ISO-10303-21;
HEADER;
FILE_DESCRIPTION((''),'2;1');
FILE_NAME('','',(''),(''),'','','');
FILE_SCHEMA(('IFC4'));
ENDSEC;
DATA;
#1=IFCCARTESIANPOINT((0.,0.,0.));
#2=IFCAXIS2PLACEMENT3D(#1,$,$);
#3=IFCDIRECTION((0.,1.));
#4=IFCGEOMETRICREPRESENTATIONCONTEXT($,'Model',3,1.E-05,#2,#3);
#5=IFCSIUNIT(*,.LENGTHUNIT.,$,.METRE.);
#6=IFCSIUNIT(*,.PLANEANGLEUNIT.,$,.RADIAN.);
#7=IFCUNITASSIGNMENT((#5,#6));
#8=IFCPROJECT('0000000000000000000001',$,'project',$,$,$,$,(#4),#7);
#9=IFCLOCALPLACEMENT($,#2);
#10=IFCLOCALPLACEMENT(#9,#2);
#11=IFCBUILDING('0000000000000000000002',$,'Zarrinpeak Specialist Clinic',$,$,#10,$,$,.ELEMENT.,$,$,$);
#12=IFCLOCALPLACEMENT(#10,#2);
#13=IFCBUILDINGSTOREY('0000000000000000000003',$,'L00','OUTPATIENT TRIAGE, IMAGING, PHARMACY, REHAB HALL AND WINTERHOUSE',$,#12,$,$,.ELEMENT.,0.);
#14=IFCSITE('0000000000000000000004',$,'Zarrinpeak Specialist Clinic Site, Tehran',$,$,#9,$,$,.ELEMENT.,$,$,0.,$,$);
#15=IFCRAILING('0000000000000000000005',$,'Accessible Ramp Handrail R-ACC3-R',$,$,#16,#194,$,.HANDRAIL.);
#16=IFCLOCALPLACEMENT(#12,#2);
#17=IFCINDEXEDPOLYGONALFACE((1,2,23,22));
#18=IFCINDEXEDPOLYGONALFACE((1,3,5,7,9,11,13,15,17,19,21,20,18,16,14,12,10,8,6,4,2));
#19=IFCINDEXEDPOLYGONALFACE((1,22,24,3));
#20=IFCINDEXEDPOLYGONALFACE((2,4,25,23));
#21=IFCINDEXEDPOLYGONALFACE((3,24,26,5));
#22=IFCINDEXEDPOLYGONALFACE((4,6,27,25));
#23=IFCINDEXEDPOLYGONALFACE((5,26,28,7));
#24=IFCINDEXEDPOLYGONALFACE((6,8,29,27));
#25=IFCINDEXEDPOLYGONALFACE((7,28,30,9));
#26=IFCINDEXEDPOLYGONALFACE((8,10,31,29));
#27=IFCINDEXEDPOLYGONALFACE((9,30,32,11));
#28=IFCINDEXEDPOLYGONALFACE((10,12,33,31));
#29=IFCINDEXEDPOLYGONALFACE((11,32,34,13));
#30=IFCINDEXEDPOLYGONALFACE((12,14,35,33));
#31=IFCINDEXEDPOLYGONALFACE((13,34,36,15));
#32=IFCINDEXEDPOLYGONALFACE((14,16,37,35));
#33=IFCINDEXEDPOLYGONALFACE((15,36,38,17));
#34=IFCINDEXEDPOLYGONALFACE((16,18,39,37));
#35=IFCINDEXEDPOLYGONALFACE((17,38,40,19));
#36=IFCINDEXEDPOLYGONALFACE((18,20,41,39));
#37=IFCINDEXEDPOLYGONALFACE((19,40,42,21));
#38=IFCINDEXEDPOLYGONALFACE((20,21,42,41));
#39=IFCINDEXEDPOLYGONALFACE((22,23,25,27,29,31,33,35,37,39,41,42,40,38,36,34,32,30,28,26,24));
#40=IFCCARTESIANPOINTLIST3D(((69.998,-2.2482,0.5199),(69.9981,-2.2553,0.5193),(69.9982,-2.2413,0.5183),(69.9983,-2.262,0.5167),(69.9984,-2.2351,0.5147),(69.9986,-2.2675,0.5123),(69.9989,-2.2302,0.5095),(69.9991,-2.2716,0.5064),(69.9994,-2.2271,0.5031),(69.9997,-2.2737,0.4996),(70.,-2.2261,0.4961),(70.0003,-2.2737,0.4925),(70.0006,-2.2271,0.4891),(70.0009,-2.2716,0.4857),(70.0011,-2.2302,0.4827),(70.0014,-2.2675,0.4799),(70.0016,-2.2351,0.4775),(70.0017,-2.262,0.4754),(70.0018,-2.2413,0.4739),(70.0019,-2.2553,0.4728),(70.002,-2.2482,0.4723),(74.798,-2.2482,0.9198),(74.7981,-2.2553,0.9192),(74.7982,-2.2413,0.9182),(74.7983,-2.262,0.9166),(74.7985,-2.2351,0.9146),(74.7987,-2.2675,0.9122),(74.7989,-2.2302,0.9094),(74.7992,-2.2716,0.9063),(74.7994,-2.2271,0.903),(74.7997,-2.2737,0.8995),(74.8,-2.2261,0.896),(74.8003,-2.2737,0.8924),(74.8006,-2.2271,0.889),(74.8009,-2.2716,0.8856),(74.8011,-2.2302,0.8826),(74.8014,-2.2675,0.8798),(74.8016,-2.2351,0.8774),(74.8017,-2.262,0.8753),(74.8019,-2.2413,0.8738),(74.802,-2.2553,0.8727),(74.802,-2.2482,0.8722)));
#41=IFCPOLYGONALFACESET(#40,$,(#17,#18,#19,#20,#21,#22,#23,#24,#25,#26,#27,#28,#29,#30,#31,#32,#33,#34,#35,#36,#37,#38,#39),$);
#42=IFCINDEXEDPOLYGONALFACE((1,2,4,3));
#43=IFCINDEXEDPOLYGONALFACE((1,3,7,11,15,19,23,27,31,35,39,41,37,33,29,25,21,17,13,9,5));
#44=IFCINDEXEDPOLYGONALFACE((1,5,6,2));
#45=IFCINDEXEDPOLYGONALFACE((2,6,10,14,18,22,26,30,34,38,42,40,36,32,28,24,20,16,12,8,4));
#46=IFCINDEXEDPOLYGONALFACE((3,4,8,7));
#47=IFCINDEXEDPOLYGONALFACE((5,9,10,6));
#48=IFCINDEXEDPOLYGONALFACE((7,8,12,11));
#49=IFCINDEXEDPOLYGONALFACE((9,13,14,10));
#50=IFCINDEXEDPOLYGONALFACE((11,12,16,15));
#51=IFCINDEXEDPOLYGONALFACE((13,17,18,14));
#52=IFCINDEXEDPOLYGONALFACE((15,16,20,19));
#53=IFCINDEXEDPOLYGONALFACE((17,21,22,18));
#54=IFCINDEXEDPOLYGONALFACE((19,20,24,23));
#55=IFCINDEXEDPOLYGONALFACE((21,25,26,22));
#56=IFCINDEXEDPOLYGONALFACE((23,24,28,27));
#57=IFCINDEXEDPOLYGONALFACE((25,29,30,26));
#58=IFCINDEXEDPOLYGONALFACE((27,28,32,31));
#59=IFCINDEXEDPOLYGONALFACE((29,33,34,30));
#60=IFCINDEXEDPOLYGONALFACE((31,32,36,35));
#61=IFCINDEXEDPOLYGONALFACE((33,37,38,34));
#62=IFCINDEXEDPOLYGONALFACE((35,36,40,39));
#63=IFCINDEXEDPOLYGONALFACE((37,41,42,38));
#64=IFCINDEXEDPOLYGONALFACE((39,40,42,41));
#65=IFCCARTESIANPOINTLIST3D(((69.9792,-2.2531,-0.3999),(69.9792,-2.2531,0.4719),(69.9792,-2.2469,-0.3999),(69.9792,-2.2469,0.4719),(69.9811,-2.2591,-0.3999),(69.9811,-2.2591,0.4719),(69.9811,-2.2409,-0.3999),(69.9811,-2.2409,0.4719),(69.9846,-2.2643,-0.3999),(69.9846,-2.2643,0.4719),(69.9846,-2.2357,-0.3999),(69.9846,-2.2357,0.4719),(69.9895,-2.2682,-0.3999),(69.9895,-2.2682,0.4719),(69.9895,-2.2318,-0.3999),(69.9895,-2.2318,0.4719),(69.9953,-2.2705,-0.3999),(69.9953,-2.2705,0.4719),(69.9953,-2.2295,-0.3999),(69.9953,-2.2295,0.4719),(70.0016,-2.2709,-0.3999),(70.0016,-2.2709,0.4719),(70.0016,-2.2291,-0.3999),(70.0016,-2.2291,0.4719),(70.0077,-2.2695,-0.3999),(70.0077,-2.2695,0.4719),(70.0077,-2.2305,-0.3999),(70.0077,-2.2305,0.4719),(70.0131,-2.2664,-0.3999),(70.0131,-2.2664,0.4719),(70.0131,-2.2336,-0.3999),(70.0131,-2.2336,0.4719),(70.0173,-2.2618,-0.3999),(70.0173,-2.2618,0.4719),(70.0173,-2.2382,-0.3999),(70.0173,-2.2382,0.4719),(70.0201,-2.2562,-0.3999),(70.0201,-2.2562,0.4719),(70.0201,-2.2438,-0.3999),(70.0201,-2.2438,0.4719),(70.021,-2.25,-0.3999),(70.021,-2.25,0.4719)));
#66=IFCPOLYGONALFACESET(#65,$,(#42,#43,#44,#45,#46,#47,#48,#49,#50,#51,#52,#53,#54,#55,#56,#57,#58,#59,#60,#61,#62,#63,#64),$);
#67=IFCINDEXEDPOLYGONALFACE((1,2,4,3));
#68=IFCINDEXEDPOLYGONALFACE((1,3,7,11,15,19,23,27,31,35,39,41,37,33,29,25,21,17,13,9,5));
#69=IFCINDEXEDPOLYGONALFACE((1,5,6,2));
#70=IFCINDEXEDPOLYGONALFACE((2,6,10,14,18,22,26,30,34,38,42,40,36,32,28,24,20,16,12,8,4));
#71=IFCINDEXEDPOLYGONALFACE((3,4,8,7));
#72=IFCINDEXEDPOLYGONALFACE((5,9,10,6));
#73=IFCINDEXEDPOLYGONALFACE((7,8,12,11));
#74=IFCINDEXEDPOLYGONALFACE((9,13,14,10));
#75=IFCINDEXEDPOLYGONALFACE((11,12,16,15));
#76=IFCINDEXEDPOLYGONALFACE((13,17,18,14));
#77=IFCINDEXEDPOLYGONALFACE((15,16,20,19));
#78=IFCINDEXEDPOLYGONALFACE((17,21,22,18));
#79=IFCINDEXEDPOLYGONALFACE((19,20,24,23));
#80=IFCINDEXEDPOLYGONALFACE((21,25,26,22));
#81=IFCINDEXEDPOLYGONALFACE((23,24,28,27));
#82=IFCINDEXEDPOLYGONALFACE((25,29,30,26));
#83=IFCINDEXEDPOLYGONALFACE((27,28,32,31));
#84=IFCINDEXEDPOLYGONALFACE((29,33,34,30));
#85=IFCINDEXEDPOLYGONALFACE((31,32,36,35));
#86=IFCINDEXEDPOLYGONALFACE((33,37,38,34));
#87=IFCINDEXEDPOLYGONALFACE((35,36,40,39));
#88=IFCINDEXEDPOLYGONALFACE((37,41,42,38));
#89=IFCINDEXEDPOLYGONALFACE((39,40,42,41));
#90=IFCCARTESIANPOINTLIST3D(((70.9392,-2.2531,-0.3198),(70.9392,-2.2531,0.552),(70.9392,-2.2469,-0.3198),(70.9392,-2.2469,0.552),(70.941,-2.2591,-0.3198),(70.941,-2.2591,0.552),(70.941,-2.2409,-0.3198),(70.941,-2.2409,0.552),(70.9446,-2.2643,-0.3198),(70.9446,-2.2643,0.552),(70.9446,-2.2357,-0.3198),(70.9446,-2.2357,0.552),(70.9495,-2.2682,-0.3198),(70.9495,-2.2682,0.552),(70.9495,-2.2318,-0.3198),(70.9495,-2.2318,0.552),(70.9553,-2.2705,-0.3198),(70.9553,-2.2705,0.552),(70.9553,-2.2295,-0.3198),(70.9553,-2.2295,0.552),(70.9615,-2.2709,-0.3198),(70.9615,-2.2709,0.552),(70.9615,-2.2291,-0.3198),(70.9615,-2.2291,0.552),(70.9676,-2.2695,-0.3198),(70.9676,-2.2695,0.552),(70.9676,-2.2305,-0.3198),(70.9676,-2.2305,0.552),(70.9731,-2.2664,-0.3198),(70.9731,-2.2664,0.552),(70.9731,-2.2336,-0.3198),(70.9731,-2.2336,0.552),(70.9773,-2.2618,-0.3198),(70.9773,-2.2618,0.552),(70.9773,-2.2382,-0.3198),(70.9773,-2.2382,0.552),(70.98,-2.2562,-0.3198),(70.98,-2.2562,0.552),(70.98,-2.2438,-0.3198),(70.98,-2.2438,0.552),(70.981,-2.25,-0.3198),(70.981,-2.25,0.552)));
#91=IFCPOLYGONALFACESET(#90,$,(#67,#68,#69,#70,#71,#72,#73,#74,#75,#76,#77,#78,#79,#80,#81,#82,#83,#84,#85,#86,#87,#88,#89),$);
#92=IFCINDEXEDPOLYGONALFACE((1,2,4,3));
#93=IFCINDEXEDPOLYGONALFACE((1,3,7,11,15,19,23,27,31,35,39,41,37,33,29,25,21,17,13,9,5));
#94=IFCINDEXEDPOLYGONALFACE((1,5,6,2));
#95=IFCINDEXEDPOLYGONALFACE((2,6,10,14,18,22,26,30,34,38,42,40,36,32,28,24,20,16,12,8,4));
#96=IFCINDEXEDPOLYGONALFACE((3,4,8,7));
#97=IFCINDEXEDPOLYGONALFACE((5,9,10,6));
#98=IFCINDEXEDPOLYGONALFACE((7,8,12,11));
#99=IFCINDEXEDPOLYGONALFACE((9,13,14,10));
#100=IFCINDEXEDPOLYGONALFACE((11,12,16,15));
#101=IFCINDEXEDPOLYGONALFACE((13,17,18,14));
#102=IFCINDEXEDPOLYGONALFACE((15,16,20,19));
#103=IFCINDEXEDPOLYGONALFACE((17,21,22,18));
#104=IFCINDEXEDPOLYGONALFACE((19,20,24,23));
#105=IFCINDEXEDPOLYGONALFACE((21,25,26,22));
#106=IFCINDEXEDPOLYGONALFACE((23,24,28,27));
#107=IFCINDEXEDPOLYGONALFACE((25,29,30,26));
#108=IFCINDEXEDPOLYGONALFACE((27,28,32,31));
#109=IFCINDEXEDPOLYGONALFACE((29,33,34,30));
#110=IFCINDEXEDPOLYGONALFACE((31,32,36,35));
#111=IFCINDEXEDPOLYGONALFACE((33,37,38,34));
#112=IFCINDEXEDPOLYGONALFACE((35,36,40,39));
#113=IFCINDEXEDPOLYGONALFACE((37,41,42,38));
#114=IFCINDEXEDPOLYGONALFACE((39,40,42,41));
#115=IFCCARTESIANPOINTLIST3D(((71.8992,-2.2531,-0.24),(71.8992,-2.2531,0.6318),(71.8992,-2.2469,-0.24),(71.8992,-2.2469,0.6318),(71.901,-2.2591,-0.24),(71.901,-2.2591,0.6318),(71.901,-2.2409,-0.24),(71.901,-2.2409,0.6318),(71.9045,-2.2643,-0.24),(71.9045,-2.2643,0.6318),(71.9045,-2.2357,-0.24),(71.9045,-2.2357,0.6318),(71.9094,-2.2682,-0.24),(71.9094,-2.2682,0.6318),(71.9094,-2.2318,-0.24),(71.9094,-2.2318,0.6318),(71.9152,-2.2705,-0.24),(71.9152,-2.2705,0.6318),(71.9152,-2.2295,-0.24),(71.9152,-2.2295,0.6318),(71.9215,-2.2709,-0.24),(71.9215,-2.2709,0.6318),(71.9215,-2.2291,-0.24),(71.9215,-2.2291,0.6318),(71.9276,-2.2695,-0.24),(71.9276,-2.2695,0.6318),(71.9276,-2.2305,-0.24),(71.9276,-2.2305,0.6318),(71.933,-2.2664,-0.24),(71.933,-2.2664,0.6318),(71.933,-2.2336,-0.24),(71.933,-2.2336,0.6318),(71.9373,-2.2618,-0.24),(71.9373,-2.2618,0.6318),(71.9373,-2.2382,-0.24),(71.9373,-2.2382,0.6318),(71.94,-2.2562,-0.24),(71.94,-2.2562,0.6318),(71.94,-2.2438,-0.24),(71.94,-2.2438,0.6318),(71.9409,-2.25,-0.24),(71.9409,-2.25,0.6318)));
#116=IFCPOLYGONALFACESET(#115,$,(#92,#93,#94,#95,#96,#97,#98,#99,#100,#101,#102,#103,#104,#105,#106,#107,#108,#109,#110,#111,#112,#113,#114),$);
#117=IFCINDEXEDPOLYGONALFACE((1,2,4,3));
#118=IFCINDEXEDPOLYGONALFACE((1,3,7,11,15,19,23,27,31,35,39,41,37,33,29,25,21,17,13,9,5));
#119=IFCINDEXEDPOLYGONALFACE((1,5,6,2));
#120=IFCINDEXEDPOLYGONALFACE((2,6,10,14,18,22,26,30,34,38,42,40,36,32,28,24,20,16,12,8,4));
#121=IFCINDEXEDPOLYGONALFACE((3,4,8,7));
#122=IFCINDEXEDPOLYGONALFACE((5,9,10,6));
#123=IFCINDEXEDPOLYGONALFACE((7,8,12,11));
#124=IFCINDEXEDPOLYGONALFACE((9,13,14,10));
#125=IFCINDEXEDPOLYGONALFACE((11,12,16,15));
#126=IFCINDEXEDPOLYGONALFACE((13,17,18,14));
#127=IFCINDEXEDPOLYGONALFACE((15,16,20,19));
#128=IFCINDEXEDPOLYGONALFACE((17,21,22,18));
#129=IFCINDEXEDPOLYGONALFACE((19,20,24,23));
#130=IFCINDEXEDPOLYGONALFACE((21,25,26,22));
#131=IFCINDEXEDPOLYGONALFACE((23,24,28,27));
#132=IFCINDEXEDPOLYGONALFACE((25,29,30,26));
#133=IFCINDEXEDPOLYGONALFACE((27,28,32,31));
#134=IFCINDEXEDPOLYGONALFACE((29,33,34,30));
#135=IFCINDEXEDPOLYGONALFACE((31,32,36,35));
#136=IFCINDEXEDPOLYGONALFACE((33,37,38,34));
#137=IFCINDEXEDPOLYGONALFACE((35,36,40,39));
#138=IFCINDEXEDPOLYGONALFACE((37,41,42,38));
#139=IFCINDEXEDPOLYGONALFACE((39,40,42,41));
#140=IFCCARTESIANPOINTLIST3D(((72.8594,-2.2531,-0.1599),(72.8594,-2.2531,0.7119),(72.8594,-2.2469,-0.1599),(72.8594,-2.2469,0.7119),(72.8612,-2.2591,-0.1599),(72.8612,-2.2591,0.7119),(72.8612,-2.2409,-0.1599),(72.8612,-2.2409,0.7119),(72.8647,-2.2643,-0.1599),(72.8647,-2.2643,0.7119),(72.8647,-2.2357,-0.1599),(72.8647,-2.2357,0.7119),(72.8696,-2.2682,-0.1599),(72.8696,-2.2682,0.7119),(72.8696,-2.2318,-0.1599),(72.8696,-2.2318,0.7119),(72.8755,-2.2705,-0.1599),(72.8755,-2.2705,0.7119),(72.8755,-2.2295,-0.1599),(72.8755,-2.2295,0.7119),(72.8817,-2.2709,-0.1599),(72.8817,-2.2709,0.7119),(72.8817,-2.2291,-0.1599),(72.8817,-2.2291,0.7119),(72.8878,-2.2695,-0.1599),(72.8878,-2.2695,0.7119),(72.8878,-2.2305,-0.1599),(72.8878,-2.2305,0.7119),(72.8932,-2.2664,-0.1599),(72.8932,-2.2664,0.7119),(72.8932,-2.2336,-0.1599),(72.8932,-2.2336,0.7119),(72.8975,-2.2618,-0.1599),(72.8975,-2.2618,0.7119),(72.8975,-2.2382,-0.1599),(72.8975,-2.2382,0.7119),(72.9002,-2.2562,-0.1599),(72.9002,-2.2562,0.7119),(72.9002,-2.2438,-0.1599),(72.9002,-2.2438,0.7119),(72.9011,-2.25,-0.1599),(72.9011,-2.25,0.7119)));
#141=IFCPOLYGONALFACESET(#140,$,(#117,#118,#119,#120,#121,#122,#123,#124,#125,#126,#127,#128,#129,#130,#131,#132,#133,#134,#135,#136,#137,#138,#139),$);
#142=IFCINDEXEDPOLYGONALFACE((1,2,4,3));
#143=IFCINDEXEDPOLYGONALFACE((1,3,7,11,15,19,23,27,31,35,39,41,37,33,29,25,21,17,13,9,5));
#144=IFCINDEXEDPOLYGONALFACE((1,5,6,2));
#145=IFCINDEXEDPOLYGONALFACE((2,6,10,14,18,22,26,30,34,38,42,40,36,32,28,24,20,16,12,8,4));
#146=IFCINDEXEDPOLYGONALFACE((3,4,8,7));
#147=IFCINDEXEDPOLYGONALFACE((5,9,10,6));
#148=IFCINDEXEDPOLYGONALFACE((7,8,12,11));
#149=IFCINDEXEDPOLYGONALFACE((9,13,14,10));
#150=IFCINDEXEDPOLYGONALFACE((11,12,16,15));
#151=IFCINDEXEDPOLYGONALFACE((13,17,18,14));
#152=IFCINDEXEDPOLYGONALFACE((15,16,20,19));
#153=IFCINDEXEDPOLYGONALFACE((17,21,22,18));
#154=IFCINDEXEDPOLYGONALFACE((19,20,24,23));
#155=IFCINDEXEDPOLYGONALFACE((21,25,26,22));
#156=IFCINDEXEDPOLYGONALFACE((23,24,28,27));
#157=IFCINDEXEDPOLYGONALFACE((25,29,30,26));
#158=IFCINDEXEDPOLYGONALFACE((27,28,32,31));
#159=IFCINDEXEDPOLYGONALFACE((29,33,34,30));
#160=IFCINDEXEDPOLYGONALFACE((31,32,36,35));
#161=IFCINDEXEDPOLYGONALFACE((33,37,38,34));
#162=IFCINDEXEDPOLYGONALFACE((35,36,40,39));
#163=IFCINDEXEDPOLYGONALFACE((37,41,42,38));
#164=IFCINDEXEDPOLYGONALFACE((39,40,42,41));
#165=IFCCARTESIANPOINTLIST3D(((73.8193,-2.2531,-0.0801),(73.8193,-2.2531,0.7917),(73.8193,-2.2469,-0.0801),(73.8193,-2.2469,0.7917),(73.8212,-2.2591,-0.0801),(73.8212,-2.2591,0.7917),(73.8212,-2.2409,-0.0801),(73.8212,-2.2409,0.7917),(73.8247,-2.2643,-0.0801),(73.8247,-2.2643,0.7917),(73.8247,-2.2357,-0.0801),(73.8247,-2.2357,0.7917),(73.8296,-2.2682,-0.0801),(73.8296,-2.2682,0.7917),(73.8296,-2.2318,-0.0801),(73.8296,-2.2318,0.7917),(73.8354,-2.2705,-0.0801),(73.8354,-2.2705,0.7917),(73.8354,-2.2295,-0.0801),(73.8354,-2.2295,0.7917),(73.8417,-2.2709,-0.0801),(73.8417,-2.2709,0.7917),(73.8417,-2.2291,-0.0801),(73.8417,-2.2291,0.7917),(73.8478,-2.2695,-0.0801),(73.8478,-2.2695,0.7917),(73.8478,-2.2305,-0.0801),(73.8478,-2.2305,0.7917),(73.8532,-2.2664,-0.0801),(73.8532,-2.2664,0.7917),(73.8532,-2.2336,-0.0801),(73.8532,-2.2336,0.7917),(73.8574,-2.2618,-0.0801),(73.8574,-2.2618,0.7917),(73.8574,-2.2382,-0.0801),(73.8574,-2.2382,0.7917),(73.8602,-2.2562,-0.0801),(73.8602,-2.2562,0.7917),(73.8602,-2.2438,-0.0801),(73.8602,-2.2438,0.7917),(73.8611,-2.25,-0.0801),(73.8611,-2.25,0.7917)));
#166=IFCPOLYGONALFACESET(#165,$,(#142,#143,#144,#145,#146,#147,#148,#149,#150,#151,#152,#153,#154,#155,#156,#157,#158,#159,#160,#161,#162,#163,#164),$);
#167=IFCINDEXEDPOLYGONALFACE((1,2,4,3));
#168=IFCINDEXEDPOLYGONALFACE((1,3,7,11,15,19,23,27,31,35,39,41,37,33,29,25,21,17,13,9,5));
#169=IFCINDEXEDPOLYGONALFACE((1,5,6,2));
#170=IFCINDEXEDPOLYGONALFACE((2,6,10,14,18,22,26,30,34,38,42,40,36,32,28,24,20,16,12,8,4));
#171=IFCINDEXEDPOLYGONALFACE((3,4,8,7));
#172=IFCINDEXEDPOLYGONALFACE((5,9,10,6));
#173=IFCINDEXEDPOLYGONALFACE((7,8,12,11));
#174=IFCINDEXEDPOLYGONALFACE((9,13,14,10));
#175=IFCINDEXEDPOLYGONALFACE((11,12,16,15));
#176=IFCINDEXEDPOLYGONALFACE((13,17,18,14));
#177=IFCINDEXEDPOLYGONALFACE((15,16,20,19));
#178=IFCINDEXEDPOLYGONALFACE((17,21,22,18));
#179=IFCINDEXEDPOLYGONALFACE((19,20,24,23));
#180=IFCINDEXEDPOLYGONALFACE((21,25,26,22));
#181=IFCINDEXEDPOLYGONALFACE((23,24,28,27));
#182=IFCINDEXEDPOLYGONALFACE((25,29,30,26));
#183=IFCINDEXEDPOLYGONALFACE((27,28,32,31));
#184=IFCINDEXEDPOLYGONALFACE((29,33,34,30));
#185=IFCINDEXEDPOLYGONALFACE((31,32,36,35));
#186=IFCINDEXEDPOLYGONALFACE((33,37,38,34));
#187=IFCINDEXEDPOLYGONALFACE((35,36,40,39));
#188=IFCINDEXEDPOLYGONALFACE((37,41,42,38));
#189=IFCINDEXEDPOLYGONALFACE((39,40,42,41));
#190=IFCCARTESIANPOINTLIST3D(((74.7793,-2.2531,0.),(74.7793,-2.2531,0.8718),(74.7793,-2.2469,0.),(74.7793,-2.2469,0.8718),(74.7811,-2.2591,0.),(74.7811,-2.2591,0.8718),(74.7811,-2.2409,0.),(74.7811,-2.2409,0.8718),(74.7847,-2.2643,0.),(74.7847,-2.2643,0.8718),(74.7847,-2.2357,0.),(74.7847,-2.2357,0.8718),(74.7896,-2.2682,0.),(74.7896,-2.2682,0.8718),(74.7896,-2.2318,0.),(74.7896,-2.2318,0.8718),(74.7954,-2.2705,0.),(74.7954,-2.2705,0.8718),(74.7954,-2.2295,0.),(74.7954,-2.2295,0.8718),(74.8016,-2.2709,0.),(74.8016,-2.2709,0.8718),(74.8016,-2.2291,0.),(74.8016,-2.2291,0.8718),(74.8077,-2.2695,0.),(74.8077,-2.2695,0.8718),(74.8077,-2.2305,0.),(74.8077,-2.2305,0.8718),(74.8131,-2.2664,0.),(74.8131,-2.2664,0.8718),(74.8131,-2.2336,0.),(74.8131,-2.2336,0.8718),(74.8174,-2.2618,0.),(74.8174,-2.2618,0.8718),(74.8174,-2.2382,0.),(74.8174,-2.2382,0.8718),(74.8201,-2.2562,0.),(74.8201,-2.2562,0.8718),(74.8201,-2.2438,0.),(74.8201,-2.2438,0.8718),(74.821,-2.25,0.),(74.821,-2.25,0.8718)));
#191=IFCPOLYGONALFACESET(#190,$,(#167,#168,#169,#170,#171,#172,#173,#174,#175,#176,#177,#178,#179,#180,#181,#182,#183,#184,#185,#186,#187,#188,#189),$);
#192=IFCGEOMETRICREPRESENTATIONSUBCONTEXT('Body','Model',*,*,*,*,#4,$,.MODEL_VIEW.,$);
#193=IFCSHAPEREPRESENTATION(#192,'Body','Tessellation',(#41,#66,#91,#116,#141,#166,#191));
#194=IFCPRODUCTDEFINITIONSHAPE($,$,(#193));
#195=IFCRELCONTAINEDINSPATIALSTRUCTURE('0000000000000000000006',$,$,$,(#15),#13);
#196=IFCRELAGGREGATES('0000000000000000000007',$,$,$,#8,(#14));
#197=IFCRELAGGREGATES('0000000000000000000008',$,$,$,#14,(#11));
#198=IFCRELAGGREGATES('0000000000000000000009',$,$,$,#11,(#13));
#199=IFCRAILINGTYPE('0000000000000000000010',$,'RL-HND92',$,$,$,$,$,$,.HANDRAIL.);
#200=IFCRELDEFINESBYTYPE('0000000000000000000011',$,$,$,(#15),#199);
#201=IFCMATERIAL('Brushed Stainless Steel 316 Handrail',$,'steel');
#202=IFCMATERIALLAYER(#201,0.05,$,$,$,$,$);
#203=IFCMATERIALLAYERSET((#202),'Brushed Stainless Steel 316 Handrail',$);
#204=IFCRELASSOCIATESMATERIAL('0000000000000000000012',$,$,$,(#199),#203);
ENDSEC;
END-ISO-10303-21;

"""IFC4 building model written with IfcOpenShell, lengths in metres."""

from ifc_helpers import new_model, si_unit, direction, frame, origin, origin_2d, place, context, subcontext, project, spatial, circle, extrude, material, layer, layer_set, type_object, element, save


model = new_model("IFC4")

# Units and contexts
model_context = context("Model", 3, precision=1e-05, world=origin(), true_north=direction((0.0, 1.0)))
body_context = subcontext(model_context, "Body", "Model", "MODEL_VIEW")
ifc_project = project(units=[si_unit("LENGTHUNIT", "METRE"), si_unit("PLANEANGLEUNIT", "RADIAN")], contexts=[model_context])

# Site, building, storey
site_placement = place(None, origin())
site = spatial("IfcSite", under=ifc_project, at=site_placement, Name="Zarrinpeak Specialist Clinic Site, Tehran", CompositionType="ELEMENT", RefElevation=0.0)
building_placement = place(site_placement, origin())
building = spatial("IfcBuilding", under=site, at=building_placement, Name="Zarrinpeak Specialist Clinic", CompositionType="ELEMENT")
storey_placement = place(building_placement, origin())
storey = spatial("IfcBuildingStorey", under=building, at=storey_placement, Name="L00", Description="OUTPATIENT TRIAGE, IMAGING, PHARMACY, REHAB HALL AND WINTERHOUSE", CompositionType="ELEMENT", Elevation=0.0)

# Railing
ifc_material_1 = material(Name="Brushed Stainless Steel 316 Handrail", Category="steel")
ifc_layer_1 = layer(ifc_material_1, 0.05)
ifc_layer_set_1 = layer_set([ifc_layer_1], Name="Brushed Stainless Steel 316 Handrail")
railing_type = type_object("IfcRailingType", Name="RL-HND92", PredefinedType="HANDRAIL", material=ifc_layer_set_1)
for number, where, name in (
    (1, (70.0, -2.25, -0.3999), "Accessible Ramp Handrail R-ACC3-R"),
):
    element("IfcRailing", number, at=place(storey_placement, frame(where)), inside=storey, type_object=railing_type, Name=name, PredefinedType="HANDRAIL", context=body_context, shape_type="SweptSolid", body=[
        extrude(circle(Radius=0.0239, at=origin_2d()), frame((0.0, 0.0, 0.896), z_axis=(0.996548, 0.0, 0.083025), x_axis=(0.0, 1.0, 0.0)), (0.0, 0.0, 1.0), 4.8167),
        extrude(circle(Radius=0.021, at=origin_2d()), origin(), (0.0, 0.0, 1.0), 0.8718),
        extrude(circle(Radius=0.021, at=origin_2d()), frame((0.96, 0.0, 0.0801)), (0.0, 0.0, 1.0), 0.8718),
        extrude(circle(Radius=0.021, at=origin_2d()), frame((1.9199, 0.0, 0.1599)), (0.0, 0.0, 1.0), 0.8718),
        extrude(circle(Radius=0.021, at=origin_2d()), frame((2.8801, 0.0, 0.24)), (0.0, 0.0, 1.0), 0.8718),
        extrude(circle(Radius=0.021, at=origin_2d()), frame((3.8401, 0.0, 0.3198)), (0.0, 0.0, 1.0), 0.8718),
        extrude(circle(Radius=0.021, at=origin_2d()), frame((4.8, 0.0, 0.3999)), (0.0, 0.0, 1.0), 0.8718),
    ])

save(model, "model.ifc")
